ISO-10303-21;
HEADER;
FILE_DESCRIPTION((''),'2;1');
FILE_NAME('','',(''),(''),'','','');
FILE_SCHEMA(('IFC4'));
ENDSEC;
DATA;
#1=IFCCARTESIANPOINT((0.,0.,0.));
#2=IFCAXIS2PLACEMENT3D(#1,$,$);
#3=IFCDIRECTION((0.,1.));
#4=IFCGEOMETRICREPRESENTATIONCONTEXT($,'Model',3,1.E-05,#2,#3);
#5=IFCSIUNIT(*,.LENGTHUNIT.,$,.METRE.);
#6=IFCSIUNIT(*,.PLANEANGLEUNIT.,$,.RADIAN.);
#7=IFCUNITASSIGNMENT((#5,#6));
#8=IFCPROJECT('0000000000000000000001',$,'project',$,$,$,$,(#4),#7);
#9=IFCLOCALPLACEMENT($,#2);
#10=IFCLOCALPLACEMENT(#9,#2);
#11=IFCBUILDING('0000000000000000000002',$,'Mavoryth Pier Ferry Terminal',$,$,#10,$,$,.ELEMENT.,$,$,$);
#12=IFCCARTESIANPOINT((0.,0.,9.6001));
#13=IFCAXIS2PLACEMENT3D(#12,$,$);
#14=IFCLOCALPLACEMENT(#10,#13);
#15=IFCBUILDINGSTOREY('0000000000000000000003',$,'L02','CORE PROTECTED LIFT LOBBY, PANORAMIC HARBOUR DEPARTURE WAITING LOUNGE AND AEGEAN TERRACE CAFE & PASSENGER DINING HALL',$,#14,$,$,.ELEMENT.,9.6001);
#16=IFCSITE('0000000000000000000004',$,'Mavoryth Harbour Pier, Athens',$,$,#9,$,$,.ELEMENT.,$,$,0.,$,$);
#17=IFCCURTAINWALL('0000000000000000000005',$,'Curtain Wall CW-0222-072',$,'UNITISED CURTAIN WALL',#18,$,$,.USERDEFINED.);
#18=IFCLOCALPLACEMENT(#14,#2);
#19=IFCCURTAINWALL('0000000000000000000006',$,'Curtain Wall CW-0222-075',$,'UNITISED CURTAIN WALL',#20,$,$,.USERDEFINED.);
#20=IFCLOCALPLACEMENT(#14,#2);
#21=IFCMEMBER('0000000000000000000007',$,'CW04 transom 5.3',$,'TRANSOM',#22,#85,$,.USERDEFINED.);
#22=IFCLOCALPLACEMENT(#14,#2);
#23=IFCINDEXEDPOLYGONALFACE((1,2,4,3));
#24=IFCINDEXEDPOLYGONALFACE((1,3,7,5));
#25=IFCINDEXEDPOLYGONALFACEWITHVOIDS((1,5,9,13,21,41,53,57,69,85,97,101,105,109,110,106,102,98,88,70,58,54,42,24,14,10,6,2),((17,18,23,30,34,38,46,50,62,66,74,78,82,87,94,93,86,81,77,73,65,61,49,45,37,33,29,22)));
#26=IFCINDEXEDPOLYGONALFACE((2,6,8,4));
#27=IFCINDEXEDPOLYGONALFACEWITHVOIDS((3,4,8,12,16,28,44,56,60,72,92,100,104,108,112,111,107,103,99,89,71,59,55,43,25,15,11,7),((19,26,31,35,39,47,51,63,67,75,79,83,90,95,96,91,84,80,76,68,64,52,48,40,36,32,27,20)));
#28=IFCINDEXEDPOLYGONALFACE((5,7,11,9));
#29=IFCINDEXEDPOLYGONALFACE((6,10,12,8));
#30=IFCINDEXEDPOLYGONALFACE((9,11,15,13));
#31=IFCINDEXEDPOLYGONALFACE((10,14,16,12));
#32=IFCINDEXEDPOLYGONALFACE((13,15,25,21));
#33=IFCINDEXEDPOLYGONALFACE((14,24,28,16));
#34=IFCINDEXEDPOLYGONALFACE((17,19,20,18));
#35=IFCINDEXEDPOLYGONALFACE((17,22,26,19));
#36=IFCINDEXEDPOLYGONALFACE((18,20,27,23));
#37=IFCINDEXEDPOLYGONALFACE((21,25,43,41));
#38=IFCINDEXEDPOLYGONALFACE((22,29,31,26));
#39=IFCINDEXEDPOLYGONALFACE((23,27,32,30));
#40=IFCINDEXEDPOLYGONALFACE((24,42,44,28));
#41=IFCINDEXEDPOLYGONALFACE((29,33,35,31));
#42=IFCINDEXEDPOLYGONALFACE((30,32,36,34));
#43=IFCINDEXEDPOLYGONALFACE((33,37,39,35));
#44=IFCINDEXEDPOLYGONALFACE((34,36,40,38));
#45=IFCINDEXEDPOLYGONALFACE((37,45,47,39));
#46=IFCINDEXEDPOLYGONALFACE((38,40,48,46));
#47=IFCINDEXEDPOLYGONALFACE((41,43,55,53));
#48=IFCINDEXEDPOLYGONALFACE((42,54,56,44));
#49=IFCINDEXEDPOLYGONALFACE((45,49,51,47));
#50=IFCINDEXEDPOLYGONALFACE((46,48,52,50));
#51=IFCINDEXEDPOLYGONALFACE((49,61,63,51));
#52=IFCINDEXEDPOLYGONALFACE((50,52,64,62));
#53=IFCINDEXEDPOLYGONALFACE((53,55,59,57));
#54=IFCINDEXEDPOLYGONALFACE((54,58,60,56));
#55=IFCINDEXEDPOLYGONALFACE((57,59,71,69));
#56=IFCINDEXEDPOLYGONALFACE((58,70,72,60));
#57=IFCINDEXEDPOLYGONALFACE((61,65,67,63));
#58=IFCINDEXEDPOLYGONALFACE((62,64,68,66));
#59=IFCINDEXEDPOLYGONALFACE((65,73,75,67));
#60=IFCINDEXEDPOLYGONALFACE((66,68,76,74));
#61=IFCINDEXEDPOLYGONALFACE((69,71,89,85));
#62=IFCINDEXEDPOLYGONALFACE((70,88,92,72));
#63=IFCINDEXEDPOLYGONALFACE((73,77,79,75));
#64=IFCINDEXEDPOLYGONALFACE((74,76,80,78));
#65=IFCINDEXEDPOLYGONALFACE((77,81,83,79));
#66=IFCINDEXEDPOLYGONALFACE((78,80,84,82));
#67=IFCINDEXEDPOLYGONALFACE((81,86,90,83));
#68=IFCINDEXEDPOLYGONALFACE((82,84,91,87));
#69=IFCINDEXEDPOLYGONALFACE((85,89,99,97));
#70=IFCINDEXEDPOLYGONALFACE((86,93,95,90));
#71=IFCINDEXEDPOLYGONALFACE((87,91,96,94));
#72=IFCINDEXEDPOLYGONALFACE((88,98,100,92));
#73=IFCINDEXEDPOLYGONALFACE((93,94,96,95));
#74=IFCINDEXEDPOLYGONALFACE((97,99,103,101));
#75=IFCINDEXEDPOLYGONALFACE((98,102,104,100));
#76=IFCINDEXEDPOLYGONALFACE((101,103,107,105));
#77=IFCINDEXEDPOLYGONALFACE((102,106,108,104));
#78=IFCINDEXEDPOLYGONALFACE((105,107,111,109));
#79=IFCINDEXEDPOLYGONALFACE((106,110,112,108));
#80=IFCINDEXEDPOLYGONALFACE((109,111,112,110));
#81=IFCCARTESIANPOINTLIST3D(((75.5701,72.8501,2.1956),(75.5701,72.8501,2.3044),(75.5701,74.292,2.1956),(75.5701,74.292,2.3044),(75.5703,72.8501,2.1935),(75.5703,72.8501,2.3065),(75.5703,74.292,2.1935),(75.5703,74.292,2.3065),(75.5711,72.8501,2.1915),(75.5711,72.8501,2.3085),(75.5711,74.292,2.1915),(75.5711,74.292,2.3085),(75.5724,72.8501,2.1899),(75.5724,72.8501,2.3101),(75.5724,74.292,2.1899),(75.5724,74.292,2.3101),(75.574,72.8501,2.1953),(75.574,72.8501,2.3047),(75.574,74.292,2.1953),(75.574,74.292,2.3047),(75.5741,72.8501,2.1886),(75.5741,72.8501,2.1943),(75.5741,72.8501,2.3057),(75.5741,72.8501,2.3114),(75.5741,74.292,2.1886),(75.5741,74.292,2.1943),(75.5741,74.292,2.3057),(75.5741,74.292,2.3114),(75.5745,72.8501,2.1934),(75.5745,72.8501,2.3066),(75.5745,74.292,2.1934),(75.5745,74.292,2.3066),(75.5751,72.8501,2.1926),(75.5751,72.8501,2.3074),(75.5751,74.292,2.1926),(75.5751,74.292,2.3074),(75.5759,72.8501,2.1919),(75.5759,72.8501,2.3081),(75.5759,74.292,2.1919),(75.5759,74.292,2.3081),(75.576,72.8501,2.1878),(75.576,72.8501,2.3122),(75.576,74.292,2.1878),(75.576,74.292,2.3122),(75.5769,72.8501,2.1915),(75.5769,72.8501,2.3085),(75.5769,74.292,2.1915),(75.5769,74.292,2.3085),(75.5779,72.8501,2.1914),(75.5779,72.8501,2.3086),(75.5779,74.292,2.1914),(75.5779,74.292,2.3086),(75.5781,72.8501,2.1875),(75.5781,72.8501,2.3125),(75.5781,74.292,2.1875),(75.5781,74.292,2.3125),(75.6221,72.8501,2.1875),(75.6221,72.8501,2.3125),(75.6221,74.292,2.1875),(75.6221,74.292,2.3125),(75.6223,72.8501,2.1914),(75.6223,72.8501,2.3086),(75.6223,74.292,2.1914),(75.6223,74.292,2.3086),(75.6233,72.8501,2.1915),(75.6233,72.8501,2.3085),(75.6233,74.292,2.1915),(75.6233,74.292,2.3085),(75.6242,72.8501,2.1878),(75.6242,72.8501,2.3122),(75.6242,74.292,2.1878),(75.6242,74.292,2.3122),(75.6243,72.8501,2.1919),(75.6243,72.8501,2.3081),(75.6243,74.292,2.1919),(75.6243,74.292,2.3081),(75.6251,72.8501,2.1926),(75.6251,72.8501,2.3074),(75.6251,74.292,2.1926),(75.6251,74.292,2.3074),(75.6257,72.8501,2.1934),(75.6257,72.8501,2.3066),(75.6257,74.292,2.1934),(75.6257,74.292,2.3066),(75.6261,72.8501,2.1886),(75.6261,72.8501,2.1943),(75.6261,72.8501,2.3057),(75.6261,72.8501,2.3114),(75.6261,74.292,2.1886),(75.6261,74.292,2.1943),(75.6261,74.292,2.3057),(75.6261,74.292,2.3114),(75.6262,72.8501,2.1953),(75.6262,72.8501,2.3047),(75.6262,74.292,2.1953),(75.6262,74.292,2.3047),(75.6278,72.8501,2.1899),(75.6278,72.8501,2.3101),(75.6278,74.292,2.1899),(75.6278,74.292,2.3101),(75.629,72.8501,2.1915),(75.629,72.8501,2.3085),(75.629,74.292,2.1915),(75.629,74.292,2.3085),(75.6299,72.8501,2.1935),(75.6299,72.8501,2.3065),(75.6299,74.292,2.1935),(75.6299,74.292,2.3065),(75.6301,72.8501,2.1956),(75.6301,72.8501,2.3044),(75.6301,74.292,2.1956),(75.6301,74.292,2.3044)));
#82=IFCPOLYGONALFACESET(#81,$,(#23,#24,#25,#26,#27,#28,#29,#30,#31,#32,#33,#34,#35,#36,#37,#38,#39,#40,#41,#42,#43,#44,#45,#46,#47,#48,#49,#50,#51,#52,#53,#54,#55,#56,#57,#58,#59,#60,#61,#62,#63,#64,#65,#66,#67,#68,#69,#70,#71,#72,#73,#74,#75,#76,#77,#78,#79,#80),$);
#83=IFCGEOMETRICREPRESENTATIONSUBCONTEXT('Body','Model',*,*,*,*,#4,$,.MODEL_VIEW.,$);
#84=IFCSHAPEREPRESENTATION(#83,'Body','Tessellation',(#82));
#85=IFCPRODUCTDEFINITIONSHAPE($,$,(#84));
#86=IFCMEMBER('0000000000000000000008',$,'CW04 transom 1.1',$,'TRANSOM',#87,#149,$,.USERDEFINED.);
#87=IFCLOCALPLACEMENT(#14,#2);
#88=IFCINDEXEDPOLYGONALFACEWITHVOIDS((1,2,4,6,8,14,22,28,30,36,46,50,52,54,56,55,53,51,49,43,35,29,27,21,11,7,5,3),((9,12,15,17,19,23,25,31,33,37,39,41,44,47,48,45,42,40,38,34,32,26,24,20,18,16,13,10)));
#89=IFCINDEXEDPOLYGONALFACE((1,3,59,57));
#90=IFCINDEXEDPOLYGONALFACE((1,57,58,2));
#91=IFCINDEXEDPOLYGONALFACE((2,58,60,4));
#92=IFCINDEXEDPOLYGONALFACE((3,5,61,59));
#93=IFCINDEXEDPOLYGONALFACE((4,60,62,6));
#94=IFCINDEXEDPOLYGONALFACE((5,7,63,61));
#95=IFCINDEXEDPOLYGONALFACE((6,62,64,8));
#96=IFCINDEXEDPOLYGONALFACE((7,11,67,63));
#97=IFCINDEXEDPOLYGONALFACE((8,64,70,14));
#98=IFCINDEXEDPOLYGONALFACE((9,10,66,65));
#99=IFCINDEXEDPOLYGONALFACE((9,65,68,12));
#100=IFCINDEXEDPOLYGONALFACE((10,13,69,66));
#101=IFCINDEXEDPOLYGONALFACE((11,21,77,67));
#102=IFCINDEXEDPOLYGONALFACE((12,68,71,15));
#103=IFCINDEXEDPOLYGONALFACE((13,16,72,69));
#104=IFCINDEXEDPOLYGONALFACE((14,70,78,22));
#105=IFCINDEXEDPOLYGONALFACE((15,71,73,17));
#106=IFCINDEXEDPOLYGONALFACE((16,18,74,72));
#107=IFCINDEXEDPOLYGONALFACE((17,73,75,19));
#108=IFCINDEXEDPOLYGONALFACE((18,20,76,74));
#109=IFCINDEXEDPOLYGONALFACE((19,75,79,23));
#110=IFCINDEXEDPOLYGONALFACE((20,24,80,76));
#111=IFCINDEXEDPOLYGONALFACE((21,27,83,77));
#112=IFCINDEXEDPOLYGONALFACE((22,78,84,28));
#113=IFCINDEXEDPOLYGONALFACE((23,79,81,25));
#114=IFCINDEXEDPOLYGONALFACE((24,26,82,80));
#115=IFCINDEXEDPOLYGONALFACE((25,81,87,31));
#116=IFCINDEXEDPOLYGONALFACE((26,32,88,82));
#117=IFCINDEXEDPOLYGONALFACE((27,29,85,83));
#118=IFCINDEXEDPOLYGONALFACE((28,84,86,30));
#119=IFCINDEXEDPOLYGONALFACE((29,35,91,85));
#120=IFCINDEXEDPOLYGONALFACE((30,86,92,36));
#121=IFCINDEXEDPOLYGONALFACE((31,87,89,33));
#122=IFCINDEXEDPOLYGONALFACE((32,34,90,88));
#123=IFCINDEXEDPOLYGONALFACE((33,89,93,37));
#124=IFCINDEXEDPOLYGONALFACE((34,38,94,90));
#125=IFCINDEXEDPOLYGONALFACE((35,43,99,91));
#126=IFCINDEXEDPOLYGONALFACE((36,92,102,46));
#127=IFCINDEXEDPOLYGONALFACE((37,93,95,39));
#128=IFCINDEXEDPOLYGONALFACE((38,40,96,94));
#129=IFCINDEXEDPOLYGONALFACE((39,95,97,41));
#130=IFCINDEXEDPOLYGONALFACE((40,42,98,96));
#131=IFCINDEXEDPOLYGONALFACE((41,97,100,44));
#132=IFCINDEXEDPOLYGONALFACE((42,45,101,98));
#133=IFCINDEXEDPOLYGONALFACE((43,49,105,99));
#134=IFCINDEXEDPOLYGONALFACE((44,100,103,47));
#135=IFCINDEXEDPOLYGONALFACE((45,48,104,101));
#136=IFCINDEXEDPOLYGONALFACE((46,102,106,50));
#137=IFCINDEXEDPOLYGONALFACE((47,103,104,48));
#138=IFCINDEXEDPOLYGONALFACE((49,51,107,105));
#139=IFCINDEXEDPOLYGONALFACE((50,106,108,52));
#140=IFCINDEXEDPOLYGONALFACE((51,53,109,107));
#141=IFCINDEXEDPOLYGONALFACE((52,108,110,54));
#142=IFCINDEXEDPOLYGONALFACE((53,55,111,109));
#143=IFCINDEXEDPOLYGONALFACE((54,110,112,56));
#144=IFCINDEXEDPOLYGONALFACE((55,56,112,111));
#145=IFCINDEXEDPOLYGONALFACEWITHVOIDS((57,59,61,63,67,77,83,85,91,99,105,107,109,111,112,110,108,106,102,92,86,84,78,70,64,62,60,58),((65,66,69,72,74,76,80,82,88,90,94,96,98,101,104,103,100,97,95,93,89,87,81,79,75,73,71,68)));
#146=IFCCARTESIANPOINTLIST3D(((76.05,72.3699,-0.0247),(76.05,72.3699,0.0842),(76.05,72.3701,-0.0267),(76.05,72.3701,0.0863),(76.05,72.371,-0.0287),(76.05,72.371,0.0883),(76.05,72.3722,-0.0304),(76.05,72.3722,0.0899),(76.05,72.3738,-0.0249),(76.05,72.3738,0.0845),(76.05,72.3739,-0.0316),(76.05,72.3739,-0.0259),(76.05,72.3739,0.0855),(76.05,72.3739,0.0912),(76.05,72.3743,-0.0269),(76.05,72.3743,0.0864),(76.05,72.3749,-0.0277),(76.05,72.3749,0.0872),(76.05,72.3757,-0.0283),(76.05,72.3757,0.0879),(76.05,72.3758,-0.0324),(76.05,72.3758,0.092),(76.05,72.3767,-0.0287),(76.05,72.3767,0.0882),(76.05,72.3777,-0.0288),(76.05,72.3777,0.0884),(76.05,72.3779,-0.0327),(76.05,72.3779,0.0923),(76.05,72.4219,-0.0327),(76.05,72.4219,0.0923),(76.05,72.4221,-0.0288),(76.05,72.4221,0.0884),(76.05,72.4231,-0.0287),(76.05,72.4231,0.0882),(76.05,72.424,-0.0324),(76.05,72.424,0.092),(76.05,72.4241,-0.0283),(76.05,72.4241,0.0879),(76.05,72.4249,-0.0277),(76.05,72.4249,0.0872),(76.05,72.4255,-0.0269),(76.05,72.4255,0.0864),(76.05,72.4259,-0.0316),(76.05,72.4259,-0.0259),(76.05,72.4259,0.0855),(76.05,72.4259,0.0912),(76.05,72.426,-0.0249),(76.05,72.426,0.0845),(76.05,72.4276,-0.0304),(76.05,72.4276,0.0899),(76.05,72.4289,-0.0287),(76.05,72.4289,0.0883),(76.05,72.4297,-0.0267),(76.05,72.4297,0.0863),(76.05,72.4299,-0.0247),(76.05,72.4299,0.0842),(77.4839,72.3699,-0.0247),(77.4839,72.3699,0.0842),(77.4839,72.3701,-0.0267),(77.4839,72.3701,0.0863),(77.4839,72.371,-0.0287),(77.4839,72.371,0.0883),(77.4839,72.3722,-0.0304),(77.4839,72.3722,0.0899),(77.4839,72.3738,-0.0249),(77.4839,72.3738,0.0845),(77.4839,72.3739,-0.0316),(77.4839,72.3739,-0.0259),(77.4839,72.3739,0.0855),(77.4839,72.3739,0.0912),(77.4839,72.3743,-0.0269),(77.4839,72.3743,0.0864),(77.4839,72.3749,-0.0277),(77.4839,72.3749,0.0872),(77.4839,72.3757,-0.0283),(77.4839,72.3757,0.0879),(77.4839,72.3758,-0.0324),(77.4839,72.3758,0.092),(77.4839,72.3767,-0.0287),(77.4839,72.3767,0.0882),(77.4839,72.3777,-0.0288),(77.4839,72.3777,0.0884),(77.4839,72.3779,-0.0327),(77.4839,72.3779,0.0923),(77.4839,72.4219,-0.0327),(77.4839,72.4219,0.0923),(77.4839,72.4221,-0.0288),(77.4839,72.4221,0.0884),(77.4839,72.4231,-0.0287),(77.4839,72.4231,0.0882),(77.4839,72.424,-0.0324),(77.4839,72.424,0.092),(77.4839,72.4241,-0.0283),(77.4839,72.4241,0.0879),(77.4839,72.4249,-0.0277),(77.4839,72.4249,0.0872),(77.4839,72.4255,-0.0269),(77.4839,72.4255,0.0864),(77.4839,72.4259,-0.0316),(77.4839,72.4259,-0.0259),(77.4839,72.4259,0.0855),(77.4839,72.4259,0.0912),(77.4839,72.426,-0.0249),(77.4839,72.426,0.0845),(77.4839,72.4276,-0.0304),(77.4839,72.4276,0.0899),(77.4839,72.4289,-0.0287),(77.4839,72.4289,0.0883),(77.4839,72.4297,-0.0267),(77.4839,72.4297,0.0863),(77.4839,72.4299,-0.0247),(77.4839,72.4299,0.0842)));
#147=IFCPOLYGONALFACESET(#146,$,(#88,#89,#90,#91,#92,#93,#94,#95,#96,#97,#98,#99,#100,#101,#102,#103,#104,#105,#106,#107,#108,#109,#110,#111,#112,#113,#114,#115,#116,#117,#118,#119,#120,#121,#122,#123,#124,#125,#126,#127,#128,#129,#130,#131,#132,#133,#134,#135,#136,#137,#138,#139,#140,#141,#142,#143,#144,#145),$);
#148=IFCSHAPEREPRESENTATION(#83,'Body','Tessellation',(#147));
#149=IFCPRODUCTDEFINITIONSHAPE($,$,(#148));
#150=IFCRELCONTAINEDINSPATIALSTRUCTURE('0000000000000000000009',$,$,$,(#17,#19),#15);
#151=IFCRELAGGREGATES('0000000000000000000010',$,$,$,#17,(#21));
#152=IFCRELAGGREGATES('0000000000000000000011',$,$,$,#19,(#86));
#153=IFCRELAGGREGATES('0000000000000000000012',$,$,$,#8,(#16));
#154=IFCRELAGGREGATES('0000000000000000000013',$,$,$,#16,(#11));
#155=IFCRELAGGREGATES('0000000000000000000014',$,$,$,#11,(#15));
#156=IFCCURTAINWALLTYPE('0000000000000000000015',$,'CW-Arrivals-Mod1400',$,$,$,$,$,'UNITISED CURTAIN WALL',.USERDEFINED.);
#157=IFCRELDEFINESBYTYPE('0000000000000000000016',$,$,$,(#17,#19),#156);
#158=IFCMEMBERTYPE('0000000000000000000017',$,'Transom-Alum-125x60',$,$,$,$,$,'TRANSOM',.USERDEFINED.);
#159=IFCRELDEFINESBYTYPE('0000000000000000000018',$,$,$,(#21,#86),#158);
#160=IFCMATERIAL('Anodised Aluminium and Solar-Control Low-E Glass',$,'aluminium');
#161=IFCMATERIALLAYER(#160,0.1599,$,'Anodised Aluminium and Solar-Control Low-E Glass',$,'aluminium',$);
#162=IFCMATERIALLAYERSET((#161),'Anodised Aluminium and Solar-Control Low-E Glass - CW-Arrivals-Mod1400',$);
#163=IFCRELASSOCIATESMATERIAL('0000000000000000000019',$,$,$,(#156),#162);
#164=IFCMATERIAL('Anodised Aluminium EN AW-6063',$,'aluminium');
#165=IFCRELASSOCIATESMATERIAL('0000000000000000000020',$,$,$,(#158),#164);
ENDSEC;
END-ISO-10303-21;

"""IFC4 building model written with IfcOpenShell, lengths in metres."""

from ifc_helpers import new_model, si_unit, direction, frame, origin, origin_2d, place, context, subcontext, project, spatial, hollow_rectangle, extrude, material, layer, layer_set, material_profile, profile_set, type_object, element, aggregate, save


model = new_model("IFC4")

# Units and contexts
model_context = context("Model", 3, precision=1e-05, world=origin(), true_north=direction((0.0, 1.0)))
body_context = subcontext(model_context, "Body", "Model", "MODEL_VIEW")
ifc_project = project(units=[si_unit("LENGTHUNIT", "METRE"), si_unit("PLANEANGLEUNIT", "RADIAN")], contexts=[model_context])

# Site, building, storey
site_placement = place(None, origin())
site = spatial("IfcSite", under=ifc_project, at=site_placement, Name="Mavoryth Harbour Pier, Athens", CompositionType="ELEMENT", RefElevation=0.0)
building_placement = place(site_placement, origin())
building = spatial("IfcBuilding", under=site, at=building_placement, Name="Mavoryth Pier Ferry Terminal", CompositionType="ELEMENT")
storey_placement = place(building_placement, frame((0.0, 0.0, 9.6001)))
storey = spatial("IfcBuildingStorey", under=building, at=storey_placement, Name="L02", Description="CORE PROTECTED LIFT LOBBY, PANORAMIC HARBOUR DEPARTURE WAITING LOUNGE AND AEGEAN TERRACE CAFE & PASSENGER DINING HALL", CompositionType="ELEMENT", Elevation=9.6001)

# Curtain walls
ifc_material_1 = material(Name="Anodised Aluminium and Solar-Control Low-E Glass", Category="aluminium")
ifc_layer_1 = layer(ifc_material_1, 0.1599, Name="Anodised Aluminium and Solar-Control Low-E Glass", Category="aluminium")
ifc_layer_set_1 = layer_set([ifc_layer_1], Name="Anodised Aluminium and Solar-Control Low-E Glass - CW-Arrivals-Mod1400")
curtain_wall_type = type_object("IfcCurtainWallType", Name="CW-Arrivals-Mod1400", ElementType="UNITISED CURTAIN WALL", PredefinedType="USERDEFINED", material=ifc_layer_set_1)
curtain_wall_1_placement = place(storey_placement, origin())
curtain_wall_1 = element("IfcCurtainWall", 1, at=curtain_wall_1_placement, inside=storey, type_object=curtain_wall_type, Name="Curtain Wall CW-0222-072", ObjectType="UNITISED CURTAIN WALL", PredefinedType="USERDEFINED")
ifc_material_2 = material(Name="Anodised Aluminium EN AW-6063", Category="aluminium")
curtain_wall_2_placement = place(storey_placement, origin())
curtain_wall_2 = element("IfcCurtainWall", 2, at=curtain_wall_2_placement, inside=storey, type_object=curtain_wall_type, Name="Curtain Wall CW-0222-075", ObjectType="UNITISED CURTAIN WALL", PredefinedType="USERDEFINED")

# Members
ifc_material_profile_1 = material_profile(ifc_material_2, hollow_rectangle(XDim=0.0601, YDim=0.125, WallThickness=0.0039, InnerFilletRadius=0.0039, OuterFilletRadius=0.0081, at=origin_2d()), Name="AL-TRAN 125x60x4", Category="aluminium")
ifc_profile_set_1 = profile_set([ifc_material_profile_1], Name="Anodised Aluminium EN AW-6063 - AL-TRAN 125x60x4")
member_type_1 = type_object("IfcMemberType", Name="Transom-Alum-125x60", ElementType="TRANSOM", PredefinedType="USERDEFINED", material=ifc_profile_set_1)
member_1_placement = place(storey_placement, frame((75.6001, 74.292, 2.25), z_axis=(0.0, -1.0, 0.0), x_axis=(1.0, 0.0, 0.0)))
member_1 = element("IfcMember", 3, at=member_1_placement, type_object=member_type_1, Name="CW04 transom 5.3", ObjectType="TRANSOM", PredefinedType="USERDEFINED", context=body_context, shape_type="SweptSolid", body=[
    extrude(hollow_rectangle(XDim=0.0601, YDim=0.125, WallThickness=0.0039, InnerFilletRadius=0.0039, OuterFilletRadius=0.0081, at=origin_2d()), origin(), (0.0, 0.0, 1.0), 1.4419),
])
member_2_placement = place(storey_placement, frame((76.05, 72.3999, 0.0298), z_axis=(1.0, 0.0, 0.0), x_axis=(0.0, 1.0, 0.0)))
member_2 = element("IfcMember", 4, at=member_2_placement, type_object=member_type_1, Name="CW04 transom 1.1", ObjectType="TRANSOM", PredefinedType="USERDEFINED", context=body_context, shape_type="SweptSolid", body=[
    extrude(hollow_rectangle(XDim=0.0601, YDim=0.125, WallThickness=0.0039, InnerFilletRadius=0.0039, OuterFilletRadius=0.0081, at=origin_2d()), origin(), (0.0, 0.0, 1.0), 1.4338),
])

aggregate(curtain_wall_1, [member_1])
aggregate(curtain_wall_2, [member_2])

save(model, "model.ifc")
